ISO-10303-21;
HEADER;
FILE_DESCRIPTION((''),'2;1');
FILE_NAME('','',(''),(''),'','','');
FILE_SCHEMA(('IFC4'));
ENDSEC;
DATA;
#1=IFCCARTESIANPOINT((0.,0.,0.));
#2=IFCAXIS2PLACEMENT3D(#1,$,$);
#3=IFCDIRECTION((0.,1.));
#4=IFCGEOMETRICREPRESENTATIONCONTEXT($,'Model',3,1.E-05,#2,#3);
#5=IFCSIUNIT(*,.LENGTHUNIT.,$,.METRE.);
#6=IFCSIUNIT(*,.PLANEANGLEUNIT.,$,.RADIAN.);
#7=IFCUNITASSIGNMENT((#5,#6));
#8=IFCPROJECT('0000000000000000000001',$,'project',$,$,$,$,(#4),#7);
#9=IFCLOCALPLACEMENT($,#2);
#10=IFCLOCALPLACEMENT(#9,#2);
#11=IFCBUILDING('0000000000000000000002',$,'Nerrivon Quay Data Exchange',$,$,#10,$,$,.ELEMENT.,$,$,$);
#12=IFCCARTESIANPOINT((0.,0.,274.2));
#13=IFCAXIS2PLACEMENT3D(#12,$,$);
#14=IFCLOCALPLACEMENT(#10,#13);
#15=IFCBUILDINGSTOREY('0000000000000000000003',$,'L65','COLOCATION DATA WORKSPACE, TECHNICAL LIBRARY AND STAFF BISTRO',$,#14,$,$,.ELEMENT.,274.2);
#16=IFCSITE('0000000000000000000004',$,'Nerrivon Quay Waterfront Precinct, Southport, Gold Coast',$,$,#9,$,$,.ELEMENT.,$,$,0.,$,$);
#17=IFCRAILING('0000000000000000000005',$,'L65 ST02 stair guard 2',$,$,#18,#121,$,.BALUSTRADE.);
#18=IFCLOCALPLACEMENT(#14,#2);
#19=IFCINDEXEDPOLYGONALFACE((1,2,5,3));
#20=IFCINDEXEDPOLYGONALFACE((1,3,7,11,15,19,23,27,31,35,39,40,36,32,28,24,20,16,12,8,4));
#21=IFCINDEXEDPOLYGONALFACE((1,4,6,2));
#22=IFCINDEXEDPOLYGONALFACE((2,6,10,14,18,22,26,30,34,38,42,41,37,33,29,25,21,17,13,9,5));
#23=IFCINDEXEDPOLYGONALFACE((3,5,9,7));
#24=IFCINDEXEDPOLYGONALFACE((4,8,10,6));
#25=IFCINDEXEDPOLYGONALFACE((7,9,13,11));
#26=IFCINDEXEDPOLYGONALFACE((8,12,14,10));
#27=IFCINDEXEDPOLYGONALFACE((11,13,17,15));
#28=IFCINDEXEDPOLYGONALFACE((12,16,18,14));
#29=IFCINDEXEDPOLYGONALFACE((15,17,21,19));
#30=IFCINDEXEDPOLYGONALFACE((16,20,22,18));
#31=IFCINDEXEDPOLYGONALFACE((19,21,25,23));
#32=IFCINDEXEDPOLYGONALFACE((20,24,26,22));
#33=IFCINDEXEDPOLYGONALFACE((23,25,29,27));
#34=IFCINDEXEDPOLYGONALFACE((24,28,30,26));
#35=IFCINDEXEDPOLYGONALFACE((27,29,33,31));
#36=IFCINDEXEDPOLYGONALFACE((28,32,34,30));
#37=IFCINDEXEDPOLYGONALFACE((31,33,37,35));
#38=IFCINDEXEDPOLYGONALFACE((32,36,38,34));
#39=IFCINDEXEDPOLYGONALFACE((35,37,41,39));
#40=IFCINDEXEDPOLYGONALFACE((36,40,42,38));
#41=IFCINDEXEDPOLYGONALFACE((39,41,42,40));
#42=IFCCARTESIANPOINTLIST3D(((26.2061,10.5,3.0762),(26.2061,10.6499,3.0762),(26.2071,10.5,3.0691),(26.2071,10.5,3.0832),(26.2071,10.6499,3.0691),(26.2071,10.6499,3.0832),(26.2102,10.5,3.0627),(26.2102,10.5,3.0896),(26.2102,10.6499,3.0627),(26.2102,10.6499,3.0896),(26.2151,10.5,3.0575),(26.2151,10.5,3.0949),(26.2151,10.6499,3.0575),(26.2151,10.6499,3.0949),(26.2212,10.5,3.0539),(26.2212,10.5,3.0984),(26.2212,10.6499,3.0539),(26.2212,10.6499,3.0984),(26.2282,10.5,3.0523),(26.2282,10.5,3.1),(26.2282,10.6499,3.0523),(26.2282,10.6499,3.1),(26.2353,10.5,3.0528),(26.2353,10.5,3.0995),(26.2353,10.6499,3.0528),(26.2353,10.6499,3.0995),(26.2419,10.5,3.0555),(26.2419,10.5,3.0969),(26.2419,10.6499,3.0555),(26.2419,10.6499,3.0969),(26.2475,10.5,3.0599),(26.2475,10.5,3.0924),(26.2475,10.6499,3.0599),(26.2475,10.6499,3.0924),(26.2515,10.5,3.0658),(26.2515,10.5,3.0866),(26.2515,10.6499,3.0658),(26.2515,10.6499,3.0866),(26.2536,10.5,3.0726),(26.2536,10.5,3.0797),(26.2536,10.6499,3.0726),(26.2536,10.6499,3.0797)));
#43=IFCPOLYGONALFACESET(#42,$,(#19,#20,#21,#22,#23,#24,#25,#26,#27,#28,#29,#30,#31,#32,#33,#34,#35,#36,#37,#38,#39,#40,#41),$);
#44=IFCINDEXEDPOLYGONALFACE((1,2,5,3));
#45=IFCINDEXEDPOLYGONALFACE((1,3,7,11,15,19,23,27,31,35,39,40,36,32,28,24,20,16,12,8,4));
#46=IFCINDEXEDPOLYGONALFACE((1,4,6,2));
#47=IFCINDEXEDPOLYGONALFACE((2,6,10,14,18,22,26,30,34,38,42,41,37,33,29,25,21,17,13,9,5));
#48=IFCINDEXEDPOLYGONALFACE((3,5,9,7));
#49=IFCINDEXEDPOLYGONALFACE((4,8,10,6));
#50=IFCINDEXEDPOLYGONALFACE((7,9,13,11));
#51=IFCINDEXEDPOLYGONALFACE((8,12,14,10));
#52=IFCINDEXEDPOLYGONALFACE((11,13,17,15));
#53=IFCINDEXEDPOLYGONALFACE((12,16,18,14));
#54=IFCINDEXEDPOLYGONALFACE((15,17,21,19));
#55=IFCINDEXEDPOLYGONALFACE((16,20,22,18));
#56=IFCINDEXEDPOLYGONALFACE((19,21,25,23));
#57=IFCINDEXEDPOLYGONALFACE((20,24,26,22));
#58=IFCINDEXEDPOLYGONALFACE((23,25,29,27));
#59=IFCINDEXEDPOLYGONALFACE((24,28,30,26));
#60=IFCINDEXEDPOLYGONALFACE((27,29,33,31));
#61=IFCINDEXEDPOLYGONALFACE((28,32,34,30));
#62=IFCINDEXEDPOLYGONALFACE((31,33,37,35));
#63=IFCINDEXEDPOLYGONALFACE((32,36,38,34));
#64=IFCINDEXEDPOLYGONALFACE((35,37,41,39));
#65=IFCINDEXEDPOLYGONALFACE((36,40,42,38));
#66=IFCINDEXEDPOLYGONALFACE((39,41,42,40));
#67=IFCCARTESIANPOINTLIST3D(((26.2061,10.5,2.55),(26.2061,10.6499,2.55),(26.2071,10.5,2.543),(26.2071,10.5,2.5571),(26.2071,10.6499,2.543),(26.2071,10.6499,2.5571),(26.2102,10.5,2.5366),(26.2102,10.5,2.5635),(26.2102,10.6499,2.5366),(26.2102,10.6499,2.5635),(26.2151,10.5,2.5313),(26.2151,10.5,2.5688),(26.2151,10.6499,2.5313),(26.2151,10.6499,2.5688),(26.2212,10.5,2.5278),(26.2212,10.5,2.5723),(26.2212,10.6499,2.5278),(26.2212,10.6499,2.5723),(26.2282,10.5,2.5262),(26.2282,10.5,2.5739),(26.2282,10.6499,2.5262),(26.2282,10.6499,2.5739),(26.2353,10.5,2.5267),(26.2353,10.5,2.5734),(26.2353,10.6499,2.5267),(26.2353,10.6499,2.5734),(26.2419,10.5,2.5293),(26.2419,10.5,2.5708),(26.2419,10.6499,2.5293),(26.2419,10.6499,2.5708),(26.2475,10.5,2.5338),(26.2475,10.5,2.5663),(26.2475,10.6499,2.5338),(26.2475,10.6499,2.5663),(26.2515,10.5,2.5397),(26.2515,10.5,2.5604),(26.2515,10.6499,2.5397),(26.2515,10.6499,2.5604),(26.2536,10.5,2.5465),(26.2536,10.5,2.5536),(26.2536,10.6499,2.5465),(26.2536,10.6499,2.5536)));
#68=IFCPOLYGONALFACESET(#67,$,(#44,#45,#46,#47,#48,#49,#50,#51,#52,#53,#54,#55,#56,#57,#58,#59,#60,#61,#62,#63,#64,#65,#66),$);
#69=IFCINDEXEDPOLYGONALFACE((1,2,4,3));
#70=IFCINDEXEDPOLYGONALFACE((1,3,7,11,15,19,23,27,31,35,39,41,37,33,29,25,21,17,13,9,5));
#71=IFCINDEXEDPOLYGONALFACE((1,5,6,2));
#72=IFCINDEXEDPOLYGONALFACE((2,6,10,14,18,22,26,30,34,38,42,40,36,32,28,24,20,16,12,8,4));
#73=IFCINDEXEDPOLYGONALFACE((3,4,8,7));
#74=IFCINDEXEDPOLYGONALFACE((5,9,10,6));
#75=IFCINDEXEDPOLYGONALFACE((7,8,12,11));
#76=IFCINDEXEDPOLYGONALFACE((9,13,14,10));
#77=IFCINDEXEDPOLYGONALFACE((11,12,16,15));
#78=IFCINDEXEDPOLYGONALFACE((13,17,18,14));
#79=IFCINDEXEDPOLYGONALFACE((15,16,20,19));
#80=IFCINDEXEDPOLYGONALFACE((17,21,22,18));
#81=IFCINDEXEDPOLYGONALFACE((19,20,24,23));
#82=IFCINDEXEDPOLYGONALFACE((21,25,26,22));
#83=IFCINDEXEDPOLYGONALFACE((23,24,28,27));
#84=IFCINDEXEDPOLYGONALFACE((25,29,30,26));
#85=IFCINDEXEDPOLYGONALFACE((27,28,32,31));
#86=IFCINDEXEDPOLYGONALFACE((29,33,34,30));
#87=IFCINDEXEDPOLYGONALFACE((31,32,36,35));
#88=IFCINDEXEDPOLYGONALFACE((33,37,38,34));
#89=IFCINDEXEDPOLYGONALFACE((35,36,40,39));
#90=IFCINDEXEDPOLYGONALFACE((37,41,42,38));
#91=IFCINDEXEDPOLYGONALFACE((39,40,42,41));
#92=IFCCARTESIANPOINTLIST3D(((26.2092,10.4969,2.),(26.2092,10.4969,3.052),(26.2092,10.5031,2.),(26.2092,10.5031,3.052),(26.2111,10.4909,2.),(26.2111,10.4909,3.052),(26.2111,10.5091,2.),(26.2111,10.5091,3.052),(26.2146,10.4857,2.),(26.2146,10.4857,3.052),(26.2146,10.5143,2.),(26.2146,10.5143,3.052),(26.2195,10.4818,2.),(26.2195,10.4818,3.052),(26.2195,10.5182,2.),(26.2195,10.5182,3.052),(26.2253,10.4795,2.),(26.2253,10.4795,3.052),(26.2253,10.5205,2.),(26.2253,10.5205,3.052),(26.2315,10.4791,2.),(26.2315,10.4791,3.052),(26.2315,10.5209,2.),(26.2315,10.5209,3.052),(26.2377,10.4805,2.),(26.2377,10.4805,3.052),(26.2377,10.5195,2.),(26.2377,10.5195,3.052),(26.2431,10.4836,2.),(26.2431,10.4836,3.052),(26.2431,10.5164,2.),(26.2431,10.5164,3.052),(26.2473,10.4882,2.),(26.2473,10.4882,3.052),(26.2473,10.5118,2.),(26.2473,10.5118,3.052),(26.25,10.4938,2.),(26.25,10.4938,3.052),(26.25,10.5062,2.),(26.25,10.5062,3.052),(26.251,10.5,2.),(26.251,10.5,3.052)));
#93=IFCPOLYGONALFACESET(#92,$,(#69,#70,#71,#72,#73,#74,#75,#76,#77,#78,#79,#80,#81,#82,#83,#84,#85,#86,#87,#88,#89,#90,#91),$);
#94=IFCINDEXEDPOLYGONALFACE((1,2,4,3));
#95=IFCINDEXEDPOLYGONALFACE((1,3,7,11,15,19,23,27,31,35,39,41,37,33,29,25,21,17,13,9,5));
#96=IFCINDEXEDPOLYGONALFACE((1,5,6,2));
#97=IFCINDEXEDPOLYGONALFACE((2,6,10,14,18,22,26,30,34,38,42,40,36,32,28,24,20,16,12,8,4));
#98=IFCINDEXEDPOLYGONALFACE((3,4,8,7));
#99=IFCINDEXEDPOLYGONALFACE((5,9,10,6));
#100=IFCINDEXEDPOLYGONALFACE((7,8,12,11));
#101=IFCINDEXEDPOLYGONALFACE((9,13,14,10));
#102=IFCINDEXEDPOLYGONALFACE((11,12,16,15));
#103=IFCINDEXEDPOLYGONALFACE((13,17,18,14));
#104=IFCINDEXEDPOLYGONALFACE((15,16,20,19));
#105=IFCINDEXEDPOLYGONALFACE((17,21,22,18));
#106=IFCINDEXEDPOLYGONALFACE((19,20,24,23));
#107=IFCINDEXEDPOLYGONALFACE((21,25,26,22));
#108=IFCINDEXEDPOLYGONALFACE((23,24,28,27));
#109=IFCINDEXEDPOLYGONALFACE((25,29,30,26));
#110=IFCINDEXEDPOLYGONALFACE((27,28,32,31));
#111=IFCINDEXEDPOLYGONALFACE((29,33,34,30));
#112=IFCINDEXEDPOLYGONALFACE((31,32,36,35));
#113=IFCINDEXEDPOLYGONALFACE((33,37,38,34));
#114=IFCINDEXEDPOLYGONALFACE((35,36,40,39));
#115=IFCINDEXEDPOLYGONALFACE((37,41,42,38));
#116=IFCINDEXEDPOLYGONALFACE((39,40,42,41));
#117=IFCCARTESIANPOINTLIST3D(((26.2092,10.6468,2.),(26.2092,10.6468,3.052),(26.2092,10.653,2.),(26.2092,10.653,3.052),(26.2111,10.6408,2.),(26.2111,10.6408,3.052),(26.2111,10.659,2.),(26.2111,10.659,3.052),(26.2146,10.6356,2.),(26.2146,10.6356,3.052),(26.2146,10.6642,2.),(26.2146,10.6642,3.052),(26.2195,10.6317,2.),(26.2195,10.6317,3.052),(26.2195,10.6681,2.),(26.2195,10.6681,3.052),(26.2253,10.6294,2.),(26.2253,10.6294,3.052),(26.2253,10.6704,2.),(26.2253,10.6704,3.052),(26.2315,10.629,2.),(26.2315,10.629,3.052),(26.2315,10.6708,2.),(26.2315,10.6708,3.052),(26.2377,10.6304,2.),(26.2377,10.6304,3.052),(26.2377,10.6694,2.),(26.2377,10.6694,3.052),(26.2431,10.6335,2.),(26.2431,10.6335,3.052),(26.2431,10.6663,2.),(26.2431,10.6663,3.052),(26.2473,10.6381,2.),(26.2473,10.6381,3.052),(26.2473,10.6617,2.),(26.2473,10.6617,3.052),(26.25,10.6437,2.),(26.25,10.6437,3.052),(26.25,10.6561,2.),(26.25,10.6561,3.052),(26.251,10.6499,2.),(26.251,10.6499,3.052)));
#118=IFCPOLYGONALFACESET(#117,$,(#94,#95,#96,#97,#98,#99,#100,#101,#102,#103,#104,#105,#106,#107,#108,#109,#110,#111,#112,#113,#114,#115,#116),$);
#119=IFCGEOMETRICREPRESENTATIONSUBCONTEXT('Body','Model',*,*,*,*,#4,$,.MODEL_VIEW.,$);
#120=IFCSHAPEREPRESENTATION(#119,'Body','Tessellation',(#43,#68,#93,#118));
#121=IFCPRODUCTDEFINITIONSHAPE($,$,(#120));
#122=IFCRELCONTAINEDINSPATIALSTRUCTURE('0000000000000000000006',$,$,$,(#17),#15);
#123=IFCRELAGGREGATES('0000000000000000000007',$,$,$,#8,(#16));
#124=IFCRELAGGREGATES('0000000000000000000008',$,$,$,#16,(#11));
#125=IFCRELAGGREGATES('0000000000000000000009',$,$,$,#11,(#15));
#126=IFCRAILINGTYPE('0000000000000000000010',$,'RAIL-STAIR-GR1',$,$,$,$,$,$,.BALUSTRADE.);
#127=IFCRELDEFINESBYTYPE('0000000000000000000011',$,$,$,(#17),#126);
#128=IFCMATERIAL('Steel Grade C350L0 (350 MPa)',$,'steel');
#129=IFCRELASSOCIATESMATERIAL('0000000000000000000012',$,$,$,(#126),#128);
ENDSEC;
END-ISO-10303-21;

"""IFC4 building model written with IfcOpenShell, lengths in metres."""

from ifc_helpers import new_model, si_unit, direction, frame, origin, origin_2d, place, context, subcontext, project, spatial, circle, extrude, material, type_object, element, save


model = new_model("IFC4")

# Units and contexts
model_context = context("Model", 3, precision=1e-05, world=origin(), true_north=direction((0.0, 1.0)))
body_context = subcontext(model_context, "Body", "Model", "MODEL_VIEW")
ifc_project = project(units=[si_unit("LENGTHUNIT", "METRE"), si_unit("PLANEANGLEUNIT", "RADIAN")], contexts=[model_context])

# Site, building, storey
site_placement = place(None, origin())
site = spatial("IfcSite", under=ifc_project, at=site_placement, Name="Nerrivon Quay Waterfront Precinct, Southport, Gold Coast", CompositionType="ELEMENT", RefElevation=0.0)
building_placement = place(site_placement, origin())
building = spatial("IfcBuilding", under=site, at=building_placement, Name="Nerrivon Quay Data Exchange", CompositionType="ELEMENT")
storey_placement = place(building_placement, frame((0.0, 0.0, 274.2)))
storey = spatial("IfcBuildingStorey", under=building, at=storey_placement, Name="L65", Description="COLOCATION DATA WORKSPACE, TECHNICAL LIBRARY AND STAFF BISTRO", CompositionType="ELEMENT", Elevation=274.2)

# Railing
ifc_material_1 = material(Name="Steel Grade C350L0 (350 MPa)", Category="steel")
railing_type_1 = type_object("IfcRailingType", Name="RAIL-STAIR-GR1", PredefinedType="BALUSTRADE", material=ifc_material_1)
railing_1_placement = place(storey_placement, frame((26.23, 10.5, 2.0)))
element("IfcRailing", 1, at=railing_1_placement, inside=storey, type_object=railing_type_1, Name="L65 ST02 stair guard 2", PredefinedType="BALUSTRADE", context=body_context, shape_type="SweptSolid", body=[
    extrude(circle(Radius=0.0239, at=origin_2d()), frame((0.0, 0.0, 1.0762), z_axis=(0.0, 1.0, 0.0), x_axis=(-1.0, 0.0, 0.0)), (0.0, 0.0, 1.0), 0.1499),
    extrude(circle(Radius=0.0239, at=origin_2d()), frame((0.0, 0.0, 0.55), z_axis=(0.0, 1.0, 0.0), x_axis=(-1.0, 0.0, 0.0)), (0.0, 0.0, 1.0), 0.1499),
    extrude(circle(Radius=0.021, at=origin_2d()), origin(), (0.0, 0.0, 1.0), 1.052),
    extrude(circle(Radius=0.021, at=origin_2d()), frame((0.0, 0.1499, 0.0)), (0.0, 0.0, 1.0), 1.052),
])

save(model, "model.ifc")
